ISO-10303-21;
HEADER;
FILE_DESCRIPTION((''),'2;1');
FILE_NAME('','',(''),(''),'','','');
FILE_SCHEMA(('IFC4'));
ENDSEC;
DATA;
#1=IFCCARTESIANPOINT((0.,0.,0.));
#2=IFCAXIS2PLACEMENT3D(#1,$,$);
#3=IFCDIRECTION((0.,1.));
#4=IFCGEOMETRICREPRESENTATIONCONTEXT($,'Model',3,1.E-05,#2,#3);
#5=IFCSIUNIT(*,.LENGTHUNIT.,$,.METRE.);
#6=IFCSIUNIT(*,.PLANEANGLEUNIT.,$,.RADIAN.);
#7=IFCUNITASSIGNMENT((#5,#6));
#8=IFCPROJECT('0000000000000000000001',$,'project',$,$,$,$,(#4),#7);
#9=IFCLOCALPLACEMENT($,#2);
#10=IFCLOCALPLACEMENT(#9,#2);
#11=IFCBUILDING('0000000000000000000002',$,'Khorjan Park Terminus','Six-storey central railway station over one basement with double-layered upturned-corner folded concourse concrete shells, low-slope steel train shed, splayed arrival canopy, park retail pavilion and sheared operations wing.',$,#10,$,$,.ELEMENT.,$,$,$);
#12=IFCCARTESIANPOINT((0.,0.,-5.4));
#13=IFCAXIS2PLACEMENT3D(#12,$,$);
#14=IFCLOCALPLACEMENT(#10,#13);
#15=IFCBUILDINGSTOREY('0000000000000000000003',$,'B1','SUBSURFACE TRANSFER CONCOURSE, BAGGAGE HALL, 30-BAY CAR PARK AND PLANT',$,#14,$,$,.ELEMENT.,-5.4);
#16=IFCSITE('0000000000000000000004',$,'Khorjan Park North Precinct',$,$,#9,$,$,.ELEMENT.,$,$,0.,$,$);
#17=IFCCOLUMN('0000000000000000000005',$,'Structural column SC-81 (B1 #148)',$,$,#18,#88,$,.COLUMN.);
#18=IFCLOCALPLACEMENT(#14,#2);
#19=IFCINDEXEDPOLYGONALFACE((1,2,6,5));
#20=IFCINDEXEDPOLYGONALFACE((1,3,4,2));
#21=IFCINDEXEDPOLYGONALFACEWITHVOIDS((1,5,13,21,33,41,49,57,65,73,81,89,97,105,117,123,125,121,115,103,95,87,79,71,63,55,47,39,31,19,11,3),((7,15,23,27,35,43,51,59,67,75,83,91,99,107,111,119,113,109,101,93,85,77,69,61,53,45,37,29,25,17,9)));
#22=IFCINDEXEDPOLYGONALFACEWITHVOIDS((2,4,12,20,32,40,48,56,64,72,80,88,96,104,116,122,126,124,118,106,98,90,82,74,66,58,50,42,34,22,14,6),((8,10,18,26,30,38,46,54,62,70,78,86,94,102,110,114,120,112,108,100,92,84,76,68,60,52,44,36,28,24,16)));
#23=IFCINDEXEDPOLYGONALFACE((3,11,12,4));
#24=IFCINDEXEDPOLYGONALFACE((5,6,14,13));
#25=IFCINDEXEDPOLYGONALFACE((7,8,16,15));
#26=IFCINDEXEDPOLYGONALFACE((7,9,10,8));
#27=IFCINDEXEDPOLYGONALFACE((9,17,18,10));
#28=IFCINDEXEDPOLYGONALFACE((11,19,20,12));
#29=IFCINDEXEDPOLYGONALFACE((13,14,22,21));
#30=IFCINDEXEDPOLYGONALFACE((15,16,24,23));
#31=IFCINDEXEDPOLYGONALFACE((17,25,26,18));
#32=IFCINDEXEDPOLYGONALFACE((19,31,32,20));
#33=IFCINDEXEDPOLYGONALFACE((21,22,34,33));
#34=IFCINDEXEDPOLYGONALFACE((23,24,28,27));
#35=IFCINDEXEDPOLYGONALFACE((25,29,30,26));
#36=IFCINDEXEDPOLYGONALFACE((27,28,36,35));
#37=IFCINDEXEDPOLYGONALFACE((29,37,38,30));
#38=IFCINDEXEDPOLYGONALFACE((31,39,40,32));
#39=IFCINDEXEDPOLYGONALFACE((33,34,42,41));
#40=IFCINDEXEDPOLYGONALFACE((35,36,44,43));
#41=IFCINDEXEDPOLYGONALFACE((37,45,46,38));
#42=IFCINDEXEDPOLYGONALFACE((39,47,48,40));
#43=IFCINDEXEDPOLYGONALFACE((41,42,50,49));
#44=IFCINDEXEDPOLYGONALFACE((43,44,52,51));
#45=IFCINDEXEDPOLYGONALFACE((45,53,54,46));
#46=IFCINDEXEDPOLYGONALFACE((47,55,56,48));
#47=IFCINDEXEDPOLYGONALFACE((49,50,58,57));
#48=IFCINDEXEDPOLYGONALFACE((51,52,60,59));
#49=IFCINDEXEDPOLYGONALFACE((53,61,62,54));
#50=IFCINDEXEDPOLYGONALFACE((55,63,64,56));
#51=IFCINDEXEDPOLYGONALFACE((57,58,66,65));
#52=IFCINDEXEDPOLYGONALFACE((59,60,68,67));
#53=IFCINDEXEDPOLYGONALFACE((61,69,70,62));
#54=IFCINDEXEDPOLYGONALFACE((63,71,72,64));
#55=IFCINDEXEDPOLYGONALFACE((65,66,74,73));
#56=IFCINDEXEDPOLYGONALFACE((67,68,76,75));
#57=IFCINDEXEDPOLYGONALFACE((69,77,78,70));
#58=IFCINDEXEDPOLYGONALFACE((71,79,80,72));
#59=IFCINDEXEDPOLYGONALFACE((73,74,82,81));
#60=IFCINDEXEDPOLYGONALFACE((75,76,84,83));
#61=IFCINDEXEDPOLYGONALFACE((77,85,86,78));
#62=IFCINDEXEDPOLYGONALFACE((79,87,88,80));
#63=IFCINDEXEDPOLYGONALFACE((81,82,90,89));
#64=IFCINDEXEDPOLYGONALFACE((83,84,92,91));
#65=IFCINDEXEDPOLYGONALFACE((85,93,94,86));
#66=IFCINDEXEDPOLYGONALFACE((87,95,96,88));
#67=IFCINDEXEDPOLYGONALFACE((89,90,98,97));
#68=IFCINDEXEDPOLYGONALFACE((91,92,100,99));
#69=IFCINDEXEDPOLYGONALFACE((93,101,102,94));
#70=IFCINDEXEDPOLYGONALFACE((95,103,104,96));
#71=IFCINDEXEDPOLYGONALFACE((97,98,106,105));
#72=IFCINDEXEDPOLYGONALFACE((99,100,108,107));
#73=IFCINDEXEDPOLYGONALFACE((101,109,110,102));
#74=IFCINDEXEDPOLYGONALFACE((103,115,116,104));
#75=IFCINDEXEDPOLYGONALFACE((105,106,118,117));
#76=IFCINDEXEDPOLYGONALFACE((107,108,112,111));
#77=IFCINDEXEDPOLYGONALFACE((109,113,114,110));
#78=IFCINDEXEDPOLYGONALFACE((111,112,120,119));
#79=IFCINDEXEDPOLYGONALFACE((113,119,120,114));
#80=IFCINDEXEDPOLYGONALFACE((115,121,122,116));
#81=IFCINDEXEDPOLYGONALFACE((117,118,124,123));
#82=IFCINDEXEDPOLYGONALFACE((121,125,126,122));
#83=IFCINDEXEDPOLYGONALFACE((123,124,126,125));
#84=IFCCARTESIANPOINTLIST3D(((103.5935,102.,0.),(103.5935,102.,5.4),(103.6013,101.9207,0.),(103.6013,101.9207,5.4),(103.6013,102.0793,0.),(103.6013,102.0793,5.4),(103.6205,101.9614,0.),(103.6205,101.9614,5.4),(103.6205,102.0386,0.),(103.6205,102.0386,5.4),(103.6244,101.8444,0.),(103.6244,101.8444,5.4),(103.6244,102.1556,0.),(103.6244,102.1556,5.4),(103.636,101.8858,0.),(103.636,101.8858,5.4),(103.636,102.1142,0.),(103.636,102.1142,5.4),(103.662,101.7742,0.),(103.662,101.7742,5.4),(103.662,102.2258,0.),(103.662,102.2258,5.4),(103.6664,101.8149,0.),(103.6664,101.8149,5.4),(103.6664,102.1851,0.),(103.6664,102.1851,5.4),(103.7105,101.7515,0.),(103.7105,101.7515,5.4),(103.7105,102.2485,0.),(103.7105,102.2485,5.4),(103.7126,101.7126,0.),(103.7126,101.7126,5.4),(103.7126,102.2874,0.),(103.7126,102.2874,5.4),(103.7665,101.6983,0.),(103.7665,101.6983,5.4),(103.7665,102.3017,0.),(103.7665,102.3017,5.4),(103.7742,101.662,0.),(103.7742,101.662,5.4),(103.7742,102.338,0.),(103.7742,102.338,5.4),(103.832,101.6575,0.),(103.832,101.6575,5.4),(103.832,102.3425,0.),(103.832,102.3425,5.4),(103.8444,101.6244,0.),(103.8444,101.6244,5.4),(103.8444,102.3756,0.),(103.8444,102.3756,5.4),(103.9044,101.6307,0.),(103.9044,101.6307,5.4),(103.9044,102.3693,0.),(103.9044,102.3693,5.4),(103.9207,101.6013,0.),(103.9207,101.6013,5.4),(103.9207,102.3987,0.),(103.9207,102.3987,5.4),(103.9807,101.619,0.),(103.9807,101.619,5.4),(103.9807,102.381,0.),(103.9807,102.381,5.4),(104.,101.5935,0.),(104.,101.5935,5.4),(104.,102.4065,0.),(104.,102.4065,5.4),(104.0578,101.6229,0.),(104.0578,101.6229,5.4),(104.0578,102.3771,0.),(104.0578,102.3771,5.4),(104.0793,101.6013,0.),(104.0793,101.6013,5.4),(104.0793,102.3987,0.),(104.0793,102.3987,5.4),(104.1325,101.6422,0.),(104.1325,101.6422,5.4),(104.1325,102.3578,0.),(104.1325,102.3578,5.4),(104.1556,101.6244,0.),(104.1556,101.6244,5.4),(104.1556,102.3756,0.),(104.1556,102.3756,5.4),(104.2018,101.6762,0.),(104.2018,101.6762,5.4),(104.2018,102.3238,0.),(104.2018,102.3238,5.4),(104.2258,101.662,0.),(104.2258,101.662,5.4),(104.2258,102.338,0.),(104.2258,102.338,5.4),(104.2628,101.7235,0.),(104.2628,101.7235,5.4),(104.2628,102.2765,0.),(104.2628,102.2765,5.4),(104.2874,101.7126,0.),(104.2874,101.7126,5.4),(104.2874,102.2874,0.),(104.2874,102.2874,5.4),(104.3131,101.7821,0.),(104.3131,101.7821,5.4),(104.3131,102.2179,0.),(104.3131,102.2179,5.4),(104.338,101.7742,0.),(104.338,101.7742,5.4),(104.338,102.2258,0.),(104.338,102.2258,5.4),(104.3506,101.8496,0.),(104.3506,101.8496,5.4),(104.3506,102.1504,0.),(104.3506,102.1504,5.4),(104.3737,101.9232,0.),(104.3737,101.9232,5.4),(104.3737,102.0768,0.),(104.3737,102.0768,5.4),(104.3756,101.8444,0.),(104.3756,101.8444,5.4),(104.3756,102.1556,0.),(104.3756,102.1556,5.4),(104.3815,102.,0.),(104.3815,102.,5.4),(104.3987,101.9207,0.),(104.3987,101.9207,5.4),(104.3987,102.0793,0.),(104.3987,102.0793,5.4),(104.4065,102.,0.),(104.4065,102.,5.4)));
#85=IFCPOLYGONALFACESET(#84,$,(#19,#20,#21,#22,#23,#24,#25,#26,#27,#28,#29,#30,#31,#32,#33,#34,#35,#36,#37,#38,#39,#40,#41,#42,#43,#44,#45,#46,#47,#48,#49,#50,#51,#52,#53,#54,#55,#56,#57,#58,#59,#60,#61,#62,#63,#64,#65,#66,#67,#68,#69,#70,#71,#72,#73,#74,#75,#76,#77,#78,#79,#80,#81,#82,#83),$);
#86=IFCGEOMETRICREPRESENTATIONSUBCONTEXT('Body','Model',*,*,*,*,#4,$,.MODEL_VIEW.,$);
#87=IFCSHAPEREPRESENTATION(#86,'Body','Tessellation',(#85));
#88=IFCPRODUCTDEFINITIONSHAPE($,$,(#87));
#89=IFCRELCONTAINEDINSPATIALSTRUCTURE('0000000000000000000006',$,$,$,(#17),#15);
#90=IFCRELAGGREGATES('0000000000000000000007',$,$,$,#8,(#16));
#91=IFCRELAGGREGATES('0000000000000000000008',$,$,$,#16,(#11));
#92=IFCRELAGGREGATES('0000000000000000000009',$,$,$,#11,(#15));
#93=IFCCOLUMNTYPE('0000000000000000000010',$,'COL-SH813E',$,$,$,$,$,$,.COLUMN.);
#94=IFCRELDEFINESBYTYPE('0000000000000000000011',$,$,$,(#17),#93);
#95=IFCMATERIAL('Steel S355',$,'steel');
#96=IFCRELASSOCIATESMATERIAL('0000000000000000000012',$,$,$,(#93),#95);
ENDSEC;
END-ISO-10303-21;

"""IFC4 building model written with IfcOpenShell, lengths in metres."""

from ifc_helpers import new_model, si_unit, direction, frame, origin, origin_2d, place, context, subcontext, project, spatial, hollow_circle, extrude, material, material_profile, profile_set, type_object, element, save


model = new_model("IFC4")

# Units and contexts
model_context = context("Model", 3, precision=1e-05, world=origin(), true_north=direction((0.0, 1.0)))
body_context = subcontext(model_context, "Body", "Model", "MODEL_VIEW")
ifc_project = project(units=[si_unit("LENGTHUNIT", "METRE"), si_unit("PLANEANGLEUNIT", "RADIAN")], contexts=[model_context])

# Site, building, storey
site_placement = place(None, origin())
site = spatial("IfcSite", under=ifc_project, at=site_placement, Name="Khorjan Park North Precinct", CompositionType="ELEMENT", RefElevation=0.0)
building_placement = place(site_placement, origin())
building = spatial("IfcBuilding", under=site, at=building_placement, Name="Khorjan Park Terminus", Description="Six-storey central railway station over one basement with double-layered upturned-corner folded concourse concrete shells, low-slope steel train shed, splayed arrival canopy, park retail pavilion and sheared operations wing.", CompositionType="ELEMENT")
storey_placement = place(building_placement, frame((0.0, 0.0, -5.4)))
storey = spatial("IfcBuildingStorey", under=building, at=storey_placement, Name="B1", Description="SUBSURFACE TRANSFER CONCOURSE, BAGGAGE HALL, 30-BAY CAR PARK AND PLANT", CompositionType="ELEMENT", Elevation=-5.4)

# Column
ifc_material_1 = material(Name="Steel S355", Category="steel")
ifc_material_profile_1 = material_profile(ifc_material_1, hollow_circle(Radius=0.4065, WallThickness=0.025, at=origin_2d()), Name="CHS 813x25")
ifc_profile_set_1 = profile_set([ifc_material_profile_1], Name="Steel S355")
column_type_1 = type_object("IfcColumnType", Name="COL-SH813E", PredefinedType="COLUMN", material=ifc_profile_set_1)
column_1_placement = place(storey_placement, frame((104.0, 102.0, 0.0), z_axis=(0.0, 0.0, 1.0), x_axis=(1.0, 0.0, 0.0)))
element("IfcColumn", 1, at=column_1_placement, inside=storey, type_object=column_type_1, Name="Structural column SC-81 (B1 #148)", PredefinedType="COLUMN", context=body_context, shape_type="SweptSolid", body=[
    extrude(hollow_circle(Radius=0.4065, WallThickness=0.025, at=origin_2d()), origin(), (0.0, 0.0, 1.0), 5.4),
])

save(model, "model.ifc")
